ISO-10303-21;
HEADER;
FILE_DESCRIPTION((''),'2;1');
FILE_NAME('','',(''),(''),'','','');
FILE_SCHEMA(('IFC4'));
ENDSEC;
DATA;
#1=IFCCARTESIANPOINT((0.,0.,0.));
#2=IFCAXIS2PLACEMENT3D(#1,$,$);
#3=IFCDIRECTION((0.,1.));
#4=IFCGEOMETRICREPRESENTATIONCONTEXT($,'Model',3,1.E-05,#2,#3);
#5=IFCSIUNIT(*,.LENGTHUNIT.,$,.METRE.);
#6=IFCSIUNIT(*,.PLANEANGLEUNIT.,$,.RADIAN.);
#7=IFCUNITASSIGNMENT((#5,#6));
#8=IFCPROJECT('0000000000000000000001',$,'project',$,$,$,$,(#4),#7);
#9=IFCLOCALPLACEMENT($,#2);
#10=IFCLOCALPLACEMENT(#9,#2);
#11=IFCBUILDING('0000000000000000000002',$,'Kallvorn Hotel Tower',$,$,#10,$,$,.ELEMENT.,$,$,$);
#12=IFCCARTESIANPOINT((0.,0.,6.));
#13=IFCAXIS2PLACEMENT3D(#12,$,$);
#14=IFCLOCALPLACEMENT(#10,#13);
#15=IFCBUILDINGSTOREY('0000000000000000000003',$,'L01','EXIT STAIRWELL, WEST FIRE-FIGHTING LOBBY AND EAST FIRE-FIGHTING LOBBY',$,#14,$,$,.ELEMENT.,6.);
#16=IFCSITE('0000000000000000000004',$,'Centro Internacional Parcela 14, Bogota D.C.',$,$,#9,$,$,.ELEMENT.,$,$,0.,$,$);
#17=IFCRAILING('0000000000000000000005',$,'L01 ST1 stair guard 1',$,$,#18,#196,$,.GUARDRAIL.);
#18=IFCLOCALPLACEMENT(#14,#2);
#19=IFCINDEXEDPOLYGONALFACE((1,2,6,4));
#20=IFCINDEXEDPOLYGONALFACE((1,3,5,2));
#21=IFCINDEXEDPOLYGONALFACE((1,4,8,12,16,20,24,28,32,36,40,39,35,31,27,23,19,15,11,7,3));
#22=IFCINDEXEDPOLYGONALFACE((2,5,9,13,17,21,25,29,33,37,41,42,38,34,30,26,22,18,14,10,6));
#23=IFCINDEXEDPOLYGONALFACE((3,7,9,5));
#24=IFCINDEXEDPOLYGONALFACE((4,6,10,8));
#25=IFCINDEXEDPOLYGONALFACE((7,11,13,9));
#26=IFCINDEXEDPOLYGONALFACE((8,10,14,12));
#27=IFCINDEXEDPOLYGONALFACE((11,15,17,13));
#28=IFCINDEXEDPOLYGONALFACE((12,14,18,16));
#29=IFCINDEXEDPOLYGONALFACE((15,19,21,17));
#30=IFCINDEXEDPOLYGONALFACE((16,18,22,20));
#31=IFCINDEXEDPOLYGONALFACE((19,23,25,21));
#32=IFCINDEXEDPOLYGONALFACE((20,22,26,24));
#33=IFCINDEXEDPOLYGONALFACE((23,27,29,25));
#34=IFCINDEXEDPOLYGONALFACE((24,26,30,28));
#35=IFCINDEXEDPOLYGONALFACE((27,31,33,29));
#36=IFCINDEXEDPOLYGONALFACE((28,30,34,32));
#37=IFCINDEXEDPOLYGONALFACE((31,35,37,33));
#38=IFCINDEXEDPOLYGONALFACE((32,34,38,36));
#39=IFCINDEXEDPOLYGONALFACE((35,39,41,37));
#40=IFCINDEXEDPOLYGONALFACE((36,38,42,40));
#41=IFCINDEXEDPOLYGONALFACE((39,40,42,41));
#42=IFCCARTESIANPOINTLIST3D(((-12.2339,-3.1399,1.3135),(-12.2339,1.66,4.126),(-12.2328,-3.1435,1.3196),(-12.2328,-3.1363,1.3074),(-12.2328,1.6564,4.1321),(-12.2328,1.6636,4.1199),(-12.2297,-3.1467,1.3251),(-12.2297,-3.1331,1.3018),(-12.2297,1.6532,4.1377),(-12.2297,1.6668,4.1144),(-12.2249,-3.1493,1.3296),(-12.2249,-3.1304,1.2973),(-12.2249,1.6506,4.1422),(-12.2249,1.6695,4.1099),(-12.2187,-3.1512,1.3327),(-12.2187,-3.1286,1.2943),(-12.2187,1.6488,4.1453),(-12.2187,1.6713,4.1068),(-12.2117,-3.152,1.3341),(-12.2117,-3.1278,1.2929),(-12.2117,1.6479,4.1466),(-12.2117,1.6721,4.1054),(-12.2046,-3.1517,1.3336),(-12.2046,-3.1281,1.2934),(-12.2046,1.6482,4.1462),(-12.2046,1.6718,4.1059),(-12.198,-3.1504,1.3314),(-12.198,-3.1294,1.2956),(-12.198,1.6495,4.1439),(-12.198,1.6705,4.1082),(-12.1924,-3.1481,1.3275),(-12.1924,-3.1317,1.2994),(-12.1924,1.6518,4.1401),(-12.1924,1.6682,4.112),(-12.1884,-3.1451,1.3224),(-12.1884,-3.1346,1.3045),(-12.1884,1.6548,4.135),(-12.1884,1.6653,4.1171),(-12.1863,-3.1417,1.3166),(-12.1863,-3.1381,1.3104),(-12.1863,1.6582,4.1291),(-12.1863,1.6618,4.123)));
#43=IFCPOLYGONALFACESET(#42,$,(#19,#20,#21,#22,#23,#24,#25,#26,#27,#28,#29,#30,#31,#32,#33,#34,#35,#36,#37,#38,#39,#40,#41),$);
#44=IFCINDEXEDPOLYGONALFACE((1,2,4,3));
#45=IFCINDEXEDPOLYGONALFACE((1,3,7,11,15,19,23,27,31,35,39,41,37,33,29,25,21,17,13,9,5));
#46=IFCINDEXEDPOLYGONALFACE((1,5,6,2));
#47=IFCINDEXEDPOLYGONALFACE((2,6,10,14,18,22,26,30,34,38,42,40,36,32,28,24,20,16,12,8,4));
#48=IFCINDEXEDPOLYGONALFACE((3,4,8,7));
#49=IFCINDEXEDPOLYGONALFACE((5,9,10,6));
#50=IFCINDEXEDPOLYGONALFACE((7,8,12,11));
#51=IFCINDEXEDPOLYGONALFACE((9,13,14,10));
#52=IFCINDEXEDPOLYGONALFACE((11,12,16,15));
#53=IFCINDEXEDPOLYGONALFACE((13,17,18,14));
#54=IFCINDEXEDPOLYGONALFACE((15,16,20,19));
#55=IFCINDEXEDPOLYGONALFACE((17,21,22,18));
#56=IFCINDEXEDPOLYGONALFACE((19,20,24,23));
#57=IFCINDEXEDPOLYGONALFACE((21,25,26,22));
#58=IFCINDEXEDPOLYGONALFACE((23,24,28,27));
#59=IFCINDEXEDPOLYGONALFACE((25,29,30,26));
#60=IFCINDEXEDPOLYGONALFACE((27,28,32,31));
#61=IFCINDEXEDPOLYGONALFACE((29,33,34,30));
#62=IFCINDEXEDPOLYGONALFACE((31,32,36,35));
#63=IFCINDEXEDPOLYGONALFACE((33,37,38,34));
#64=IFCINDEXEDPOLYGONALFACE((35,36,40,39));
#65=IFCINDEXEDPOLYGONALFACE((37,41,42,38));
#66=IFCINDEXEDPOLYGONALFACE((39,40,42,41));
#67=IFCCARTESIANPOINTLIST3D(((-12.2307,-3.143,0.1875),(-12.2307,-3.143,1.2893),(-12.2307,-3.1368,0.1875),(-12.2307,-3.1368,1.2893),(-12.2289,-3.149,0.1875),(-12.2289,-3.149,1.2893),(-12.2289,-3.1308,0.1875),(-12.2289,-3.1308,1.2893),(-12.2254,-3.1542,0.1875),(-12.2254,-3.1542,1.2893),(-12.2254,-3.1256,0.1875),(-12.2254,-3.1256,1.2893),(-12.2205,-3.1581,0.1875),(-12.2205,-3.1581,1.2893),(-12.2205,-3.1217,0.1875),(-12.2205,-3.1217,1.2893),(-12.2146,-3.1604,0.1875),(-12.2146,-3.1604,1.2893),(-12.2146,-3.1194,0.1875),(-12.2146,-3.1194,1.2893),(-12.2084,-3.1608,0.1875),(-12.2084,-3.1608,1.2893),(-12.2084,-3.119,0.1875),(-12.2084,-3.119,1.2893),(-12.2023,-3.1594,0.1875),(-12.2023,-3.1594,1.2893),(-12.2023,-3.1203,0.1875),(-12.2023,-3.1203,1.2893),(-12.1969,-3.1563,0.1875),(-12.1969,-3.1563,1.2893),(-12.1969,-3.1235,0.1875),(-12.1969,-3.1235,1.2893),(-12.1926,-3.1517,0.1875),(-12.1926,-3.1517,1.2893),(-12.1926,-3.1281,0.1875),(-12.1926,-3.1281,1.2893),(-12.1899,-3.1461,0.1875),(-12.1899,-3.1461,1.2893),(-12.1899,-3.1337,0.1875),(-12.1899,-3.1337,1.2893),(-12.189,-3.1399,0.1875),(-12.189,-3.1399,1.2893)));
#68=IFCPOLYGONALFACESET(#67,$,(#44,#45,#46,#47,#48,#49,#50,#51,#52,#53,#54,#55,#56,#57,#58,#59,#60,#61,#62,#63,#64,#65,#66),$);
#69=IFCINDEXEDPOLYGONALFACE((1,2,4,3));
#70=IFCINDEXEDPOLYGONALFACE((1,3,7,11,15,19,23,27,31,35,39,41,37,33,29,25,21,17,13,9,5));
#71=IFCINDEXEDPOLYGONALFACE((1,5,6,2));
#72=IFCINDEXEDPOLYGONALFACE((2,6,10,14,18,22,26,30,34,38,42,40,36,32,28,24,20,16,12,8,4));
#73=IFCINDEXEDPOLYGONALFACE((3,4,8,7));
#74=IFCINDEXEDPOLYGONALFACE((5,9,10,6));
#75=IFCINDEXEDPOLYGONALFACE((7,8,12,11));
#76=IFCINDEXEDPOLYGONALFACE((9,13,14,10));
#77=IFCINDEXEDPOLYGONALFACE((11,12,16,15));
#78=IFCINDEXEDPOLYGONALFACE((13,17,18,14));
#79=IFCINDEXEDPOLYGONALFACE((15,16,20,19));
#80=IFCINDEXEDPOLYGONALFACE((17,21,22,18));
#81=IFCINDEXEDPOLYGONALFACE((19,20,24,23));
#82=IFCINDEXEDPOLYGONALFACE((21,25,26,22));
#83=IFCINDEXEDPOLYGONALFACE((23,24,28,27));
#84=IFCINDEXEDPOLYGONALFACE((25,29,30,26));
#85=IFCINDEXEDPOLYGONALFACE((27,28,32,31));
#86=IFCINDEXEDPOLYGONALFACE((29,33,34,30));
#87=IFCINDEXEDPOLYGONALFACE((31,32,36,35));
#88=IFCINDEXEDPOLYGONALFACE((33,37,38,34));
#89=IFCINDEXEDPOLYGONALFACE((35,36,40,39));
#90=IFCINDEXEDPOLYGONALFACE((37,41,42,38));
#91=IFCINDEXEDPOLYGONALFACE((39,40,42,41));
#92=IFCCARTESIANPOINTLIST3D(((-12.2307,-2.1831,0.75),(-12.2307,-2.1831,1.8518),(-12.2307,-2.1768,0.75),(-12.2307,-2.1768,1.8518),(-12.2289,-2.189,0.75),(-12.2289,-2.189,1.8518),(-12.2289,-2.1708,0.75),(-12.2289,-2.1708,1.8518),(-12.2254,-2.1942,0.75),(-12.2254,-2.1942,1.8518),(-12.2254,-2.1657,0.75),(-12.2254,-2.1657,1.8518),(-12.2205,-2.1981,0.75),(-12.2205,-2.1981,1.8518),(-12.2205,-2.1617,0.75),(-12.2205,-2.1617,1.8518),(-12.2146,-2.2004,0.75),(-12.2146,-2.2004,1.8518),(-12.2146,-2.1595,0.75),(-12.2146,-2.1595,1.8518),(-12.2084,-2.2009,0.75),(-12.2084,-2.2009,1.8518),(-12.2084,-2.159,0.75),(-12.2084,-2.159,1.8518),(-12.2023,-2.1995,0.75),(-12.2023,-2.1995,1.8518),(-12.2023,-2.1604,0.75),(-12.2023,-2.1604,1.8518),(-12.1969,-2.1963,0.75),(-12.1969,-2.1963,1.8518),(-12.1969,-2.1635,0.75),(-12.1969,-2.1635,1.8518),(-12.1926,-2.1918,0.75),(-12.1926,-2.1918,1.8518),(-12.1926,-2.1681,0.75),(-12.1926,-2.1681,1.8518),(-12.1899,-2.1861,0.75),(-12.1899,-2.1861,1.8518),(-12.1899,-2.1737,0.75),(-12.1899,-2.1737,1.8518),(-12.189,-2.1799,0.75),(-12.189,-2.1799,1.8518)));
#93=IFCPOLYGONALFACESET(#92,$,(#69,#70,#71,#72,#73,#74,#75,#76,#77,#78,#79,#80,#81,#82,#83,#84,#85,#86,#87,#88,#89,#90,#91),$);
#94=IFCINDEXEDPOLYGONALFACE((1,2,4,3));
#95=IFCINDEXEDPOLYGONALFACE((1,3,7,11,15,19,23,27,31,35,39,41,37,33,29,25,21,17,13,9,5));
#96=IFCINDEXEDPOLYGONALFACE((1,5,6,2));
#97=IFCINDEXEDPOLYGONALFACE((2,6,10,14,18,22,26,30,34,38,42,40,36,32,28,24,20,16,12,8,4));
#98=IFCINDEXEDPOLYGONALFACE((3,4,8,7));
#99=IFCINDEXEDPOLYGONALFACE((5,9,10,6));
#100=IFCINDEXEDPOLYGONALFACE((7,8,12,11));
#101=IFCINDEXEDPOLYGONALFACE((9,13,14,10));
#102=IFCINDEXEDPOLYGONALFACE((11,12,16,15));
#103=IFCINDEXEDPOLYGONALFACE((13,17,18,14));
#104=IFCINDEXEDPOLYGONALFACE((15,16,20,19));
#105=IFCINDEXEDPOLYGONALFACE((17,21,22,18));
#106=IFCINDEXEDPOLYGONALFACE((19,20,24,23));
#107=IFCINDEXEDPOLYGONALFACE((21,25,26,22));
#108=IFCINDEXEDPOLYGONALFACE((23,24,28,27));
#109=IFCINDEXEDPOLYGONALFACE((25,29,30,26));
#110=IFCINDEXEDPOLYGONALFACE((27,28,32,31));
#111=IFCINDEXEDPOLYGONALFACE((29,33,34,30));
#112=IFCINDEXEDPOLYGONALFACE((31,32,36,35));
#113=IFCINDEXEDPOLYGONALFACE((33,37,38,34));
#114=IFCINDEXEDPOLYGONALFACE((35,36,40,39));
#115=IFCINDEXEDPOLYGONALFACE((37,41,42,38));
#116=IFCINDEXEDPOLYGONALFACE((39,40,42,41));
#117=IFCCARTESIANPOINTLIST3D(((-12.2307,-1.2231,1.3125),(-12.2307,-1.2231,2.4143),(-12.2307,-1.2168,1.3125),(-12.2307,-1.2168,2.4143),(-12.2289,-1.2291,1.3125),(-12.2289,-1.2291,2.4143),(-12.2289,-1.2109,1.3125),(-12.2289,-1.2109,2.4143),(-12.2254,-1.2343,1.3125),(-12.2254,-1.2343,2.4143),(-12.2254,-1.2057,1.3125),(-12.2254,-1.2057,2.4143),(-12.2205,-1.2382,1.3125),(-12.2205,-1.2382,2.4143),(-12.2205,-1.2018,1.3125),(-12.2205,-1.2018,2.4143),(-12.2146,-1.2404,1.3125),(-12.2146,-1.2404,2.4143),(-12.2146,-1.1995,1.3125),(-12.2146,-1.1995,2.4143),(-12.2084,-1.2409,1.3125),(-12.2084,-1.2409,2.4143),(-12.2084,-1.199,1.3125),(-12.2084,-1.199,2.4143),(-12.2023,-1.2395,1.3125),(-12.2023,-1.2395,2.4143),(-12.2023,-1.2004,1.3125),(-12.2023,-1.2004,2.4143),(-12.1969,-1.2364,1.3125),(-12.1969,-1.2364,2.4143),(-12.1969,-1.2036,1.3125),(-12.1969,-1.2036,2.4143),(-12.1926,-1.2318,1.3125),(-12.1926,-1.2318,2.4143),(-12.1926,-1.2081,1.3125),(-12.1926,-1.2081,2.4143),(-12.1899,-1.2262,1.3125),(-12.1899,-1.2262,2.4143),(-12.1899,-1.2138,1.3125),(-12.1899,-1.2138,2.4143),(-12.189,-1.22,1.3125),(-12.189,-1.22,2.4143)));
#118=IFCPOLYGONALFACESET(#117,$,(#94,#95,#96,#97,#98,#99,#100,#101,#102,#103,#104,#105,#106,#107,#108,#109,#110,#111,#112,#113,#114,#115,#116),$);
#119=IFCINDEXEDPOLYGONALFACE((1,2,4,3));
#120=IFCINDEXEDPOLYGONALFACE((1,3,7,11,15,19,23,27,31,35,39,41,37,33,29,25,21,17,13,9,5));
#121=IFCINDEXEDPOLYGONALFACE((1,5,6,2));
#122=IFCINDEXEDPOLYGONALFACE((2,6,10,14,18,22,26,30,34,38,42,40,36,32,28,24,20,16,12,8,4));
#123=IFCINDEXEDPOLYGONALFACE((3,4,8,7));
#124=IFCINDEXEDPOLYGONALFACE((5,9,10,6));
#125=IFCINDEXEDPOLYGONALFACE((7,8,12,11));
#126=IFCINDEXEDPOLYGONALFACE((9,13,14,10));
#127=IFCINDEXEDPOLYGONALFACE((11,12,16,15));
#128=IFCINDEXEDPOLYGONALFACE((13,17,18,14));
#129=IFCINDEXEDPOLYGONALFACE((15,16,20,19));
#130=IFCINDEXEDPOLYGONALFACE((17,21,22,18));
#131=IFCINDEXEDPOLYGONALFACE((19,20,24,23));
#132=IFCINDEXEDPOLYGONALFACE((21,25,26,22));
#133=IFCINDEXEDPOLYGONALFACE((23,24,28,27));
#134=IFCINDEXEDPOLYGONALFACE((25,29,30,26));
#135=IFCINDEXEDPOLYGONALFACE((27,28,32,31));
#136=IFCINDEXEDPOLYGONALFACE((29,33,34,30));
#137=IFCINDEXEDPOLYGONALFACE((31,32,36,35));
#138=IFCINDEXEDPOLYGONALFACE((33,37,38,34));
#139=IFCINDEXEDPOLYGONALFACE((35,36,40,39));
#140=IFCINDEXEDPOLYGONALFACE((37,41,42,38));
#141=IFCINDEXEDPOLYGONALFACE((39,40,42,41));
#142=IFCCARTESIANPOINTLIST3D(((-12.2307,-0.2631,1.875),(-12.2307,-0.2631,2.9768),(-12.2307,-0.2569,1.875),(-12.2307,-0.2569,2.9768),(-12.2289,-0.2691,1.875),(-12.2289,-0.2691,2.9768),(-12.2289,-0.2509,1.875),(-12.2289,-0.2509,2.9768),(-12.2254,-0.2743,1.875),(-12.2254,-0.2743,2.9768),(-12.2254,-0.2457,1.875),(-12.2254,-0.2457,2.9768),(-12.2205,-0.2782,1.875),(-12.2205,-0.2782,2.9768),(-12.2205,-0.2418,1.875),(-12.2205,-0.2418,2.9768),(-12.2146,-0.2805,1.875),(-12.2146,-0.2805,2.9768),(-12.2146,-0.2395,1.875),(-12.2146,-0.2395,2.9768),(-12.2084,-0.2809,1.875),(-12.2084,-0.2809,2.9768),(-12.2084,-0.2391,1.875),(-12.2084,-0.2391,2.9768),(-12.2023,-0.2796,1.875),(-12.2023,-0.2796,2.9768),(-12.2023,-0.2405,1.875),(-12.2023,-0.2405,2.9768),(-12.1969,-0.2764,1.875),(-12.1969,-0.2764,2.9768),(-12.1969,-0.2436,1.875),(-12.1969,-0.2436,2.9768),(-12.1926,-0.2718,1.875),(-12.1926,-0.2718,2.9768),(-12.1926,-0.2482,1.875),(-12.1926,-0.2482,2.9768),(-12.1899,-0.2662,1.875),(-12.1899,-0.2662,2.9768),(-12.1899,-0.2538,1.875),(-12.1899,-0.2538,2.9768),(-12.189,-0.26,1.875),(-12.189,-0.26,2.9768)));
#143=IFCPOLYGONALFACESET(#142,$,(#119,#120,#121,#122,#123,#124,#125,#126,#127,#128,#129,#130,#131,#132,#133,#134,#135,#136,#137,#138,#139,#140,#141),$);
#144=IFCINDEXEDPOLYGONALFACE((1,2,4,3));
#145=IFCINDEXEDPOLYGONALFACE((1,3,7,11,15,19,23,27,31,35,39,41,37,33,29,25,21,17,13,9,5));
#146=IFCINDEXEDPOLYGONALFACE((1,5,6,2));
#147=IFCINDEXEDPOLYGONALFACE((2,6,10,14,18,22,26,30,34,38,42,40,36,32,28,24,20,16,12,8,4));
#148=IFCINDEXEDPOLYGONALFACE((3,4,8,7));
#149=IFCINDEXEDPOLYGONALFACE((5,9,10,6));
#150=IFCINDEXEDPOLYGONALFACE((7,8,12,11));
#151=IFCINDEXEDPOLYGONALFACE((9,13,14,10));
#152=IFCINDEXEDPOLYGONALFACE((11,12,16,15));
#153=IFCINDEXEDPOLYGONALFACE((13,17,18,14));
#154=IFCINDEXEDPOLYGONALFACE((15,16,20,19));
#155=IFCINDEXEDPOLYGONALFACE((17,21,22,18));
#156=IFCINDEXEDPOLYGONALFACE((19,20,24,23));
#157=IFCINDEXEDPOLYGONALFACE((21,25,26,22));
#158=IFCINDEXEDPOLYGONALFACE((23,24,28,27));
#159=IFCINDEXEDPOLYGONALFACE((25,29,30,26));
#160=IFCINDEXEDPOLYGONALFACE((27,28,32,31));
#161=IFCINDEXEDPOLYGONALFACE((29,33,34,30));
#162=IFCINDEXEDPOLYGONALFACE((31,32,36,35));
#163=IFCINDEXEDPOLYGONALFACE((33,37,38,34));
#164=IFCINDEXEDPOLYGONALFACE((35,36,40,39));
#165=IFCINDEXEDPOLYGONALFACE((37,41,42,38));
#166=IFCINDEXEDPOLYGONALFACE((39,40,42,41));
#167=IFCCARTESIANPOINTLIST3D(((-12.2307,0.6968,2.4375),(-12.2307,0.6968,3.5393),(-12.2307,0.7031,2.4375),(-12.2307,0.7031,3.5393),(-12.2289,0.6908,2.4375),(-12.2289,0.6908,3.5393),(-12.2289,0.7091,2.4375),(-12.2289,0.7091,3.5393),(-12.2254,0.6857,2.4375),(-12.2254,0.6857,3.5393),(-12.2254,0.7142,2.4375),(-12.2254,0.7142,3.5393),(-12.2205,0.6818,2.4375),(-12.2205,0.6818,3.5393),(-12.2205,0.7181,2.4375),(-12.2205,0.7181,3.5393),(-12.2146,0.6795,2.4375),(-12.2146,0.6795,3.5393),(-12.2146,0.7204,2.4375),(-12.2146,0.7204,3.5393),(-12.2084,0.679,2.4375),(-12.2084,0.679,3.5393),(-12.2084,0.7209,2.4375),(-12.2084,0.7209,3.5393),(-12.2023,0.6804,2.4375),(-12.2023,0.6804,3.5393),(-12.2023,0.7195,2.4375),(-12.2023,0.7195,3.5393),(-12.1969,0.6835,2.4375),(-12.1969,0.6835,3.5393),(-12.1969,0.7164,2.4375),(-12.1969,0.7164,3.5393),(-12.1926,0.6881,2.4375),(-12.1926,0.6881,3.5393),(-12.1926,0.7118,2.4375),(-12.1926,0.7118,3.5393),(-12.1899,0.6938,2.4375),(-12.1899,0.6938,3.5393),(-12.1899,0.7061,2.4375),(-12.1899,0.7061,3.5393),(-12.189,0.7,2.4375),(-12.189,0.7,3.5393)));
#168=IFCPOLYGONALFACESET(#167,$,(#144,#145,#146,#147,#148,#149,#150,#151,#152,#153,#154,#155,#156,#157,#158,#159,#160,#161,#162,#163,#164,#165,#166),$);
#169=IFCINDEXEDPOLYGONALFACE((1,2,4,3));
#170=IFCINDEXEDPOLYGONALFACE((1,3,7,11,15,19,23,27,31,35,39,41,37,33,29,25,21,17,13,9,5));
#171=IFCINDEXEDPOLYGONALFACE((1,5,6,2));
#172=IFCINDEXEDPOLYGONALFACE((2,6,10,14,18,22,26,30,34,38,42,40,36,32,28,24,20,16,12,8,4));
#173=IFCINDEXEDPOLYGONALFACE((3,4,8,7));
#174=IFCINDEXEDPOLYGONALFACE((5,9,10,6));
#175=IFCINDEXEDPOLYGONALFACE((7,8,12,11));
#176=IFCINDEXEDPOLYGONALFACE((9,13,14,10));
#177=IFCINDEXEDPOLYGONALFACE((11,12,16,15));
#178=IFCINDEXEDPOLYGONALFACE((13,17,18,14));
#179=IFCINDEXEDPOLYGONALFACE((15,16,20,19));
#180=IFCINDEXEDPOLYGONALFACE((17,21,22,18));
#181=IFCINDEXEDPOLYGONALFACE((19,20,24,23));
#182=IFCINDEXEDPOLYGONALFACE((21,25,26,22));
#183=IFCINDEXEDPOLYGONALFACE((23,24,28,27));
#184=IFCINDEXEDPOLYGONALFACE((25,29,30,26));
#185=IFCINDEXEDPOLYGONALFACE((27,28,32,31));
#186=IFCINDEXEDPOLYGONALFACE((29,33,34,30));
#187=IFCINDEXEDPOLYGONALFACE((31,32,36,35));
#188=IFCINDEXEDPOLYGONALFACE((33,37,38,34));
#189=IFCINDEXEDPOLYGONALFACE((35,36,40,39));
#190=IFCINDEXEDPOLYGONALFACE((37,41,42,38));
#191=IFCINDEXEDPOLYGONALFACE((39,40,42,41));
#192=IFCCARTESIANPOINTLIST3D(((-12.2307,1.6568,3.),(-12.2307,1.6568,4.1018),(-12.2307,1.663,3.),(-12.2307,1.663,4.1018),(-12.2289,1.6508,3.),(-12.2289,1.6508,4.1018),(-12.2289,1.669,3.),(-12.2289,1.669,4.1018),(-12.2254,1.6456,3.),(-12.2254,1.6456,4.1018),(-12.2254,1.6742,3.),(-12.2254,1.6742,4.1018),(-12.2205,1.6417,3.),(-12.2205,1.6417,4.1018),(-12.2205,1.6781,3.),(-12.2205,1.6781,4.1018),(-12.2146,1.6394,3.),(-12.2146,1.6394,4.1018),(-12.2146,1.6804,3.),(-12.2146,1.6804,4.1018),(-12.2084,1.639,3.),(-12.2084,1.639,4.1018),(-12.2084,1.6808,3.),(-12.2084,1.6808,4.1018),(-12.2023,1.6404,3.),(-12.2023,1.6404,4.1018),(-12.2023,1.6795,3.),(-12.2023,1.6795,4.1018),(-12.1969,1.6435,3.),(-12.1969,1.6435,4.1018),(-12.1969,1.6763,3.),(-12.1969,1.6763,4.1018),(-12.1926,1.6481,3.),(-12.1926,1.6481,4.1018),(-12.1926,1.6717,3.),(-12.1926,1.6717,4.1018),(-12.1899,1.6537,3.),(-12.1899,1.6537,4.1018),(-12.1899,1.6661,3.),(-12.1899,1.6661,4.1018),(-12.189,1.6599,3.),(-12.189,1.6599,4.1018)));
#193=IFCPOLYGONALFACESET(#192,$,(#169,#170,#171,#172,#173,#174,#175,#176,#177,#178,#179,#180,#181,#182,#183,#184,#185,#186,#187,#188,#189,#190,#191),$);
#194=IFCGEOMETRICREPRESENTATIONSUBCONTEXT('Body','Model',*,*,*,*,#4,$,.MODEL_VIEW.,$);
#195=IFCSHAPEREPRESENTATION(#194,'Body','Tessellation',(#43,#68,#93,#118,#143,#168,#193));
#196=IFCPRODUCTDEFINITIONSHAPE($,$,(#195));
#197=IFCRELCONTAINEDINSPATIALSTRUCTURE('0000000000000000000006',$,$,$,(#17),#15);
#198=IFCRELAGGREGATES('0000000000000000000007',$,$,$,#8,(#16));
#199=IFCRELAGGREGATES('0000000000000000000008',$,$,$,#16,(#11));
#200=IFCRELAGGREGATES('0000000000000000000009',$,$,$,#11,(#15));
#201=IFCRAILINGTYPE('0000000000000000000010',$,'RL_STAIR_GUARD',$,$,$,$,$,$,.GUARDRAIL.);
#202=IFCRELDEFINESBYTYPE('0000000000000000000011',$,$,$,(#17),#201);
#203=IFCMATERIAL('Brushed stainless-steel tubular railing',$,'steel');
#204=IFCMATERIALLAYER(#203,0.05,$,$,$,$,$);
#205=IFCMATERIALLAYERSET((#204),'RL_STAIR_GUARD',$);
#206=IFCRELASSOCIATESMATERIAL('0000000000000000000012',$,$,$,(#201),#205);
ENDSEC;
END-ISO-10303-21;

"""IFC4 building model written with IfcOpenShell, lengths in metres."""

from ifc_helpers import new_model, si_unit, direction, frame, origin, origin_2d, place, context, subcontext, project, spatial, circle, extrude, material, layer, layer_set, type_object, element, save


model = new_model("IFC4")

# Units and contexts
model_context = context("Model", 3, precision=1e-05, world=origin(), true_north=direction((0.0, 1.0)))
body_context = subcontext(model_context, "Body", "Model", "MODEL_VIEW")
ifc_project = project(units=[si_unit("LENGTHUNIT", "METRE"), si_unit("PLANEANGLEUNIT", "RADIAN")], contexts=[model_context])

# Site, building, storey
site_placement = place(None, origin())
site = spatial("IfcSite", under=ifc_project, at=site_placement, Name="Centro Internacional Parcela 14, Bogota D.C.", CompositionType="ELEMENT", RefElevation=0.0)
building_placement = place(site_placement, origin())
building = spatial("IfcBuilding", under=site, at=building_placement, Name="Kallvorn Hotel Tower", CompositionType="ELEMENT")
storey_placement = place(building_placement, frame((0.0, 0.0, 6.0)))
storey = spatial("IfcBuildingStorey", under=building, at=storey_placement, Name="L01", Description="EXIT STAIRWELL, WEST FIRE-FIGHTING LOBBY AND EAST FIRE-FIGHTING LOBBY", CompositionType="ELEMENT", Elevation=6.0)

# Railing
ifc_material_1 = material(Name="Brushed stainless-steel tubular railing", Category="steel")
ifc_layer_1 = layer(ifc_material_1, 0.05)
ifc_layer_set_1 = layer_set([ifc_layer_1], Name="RL_STAIR_GUARD")
railing_type_1 = type_object("IfcRailingType", Name="RL_STAIR_GUARD", PredefinedType="GUARDRAIL", material=ifc_layer_set_1)
railing_1_placement = place(storey_placement, frame((-12.21, -3.1399, 0.1875)))
element("IfcRailing", 1, at=railing_1_placement, inside=storey, type_object=railing_type_1, Name="L01 ST1 stair guard 1", PredefinedType="GUARDRAIL", context=body_context, shape_type="SweptSolid", body=[
    extrude(circle(Radius=0.0239, at=origin_2d()), frame((0.0, 0.0, 1.126), z_axis=(0.0, 0.86279, 0.505562), x_axis=(-1.0, 0.0, 0.0)), (0.0, 0.0, 1.0), 5.5632),
    extrude(circle(Radius=0.021, at=origin_2d()), origin(), (0.0, 0.0, 1.0), 1.1018),
    extrude(circle(Radius=0.021, at=origin_2d()), frame((0.0, 0.96, 0.5625)), (0.0, 0.0, 1.0), 1.1018),
    extrude(circle(Radius=0.021, at=origin_2d()), frame((0.0, 1.9199, 1.125)), (0.0, 0.0, 1.0), 1.1018),
    extrude(circle(Radius=0.021, at=origin_2d()), frame((0.0, 2.8799, 1.6875)), (0.0, 0.0, 1.0), 1.1018),
    extrude(circle(Radius=0.021, at=origin_2d()), frame((0.0, 3.8398, 2.25)), (0.0, 0.0, 1.0), 1.1018),
    extrude(circle(Radius=0.021, at=origin_2d()), frame((0.0, 4.7998, 2.8125)), (0.0, 0.0, 1.0), 1.1018),
])

save(model, "model.ifc")
